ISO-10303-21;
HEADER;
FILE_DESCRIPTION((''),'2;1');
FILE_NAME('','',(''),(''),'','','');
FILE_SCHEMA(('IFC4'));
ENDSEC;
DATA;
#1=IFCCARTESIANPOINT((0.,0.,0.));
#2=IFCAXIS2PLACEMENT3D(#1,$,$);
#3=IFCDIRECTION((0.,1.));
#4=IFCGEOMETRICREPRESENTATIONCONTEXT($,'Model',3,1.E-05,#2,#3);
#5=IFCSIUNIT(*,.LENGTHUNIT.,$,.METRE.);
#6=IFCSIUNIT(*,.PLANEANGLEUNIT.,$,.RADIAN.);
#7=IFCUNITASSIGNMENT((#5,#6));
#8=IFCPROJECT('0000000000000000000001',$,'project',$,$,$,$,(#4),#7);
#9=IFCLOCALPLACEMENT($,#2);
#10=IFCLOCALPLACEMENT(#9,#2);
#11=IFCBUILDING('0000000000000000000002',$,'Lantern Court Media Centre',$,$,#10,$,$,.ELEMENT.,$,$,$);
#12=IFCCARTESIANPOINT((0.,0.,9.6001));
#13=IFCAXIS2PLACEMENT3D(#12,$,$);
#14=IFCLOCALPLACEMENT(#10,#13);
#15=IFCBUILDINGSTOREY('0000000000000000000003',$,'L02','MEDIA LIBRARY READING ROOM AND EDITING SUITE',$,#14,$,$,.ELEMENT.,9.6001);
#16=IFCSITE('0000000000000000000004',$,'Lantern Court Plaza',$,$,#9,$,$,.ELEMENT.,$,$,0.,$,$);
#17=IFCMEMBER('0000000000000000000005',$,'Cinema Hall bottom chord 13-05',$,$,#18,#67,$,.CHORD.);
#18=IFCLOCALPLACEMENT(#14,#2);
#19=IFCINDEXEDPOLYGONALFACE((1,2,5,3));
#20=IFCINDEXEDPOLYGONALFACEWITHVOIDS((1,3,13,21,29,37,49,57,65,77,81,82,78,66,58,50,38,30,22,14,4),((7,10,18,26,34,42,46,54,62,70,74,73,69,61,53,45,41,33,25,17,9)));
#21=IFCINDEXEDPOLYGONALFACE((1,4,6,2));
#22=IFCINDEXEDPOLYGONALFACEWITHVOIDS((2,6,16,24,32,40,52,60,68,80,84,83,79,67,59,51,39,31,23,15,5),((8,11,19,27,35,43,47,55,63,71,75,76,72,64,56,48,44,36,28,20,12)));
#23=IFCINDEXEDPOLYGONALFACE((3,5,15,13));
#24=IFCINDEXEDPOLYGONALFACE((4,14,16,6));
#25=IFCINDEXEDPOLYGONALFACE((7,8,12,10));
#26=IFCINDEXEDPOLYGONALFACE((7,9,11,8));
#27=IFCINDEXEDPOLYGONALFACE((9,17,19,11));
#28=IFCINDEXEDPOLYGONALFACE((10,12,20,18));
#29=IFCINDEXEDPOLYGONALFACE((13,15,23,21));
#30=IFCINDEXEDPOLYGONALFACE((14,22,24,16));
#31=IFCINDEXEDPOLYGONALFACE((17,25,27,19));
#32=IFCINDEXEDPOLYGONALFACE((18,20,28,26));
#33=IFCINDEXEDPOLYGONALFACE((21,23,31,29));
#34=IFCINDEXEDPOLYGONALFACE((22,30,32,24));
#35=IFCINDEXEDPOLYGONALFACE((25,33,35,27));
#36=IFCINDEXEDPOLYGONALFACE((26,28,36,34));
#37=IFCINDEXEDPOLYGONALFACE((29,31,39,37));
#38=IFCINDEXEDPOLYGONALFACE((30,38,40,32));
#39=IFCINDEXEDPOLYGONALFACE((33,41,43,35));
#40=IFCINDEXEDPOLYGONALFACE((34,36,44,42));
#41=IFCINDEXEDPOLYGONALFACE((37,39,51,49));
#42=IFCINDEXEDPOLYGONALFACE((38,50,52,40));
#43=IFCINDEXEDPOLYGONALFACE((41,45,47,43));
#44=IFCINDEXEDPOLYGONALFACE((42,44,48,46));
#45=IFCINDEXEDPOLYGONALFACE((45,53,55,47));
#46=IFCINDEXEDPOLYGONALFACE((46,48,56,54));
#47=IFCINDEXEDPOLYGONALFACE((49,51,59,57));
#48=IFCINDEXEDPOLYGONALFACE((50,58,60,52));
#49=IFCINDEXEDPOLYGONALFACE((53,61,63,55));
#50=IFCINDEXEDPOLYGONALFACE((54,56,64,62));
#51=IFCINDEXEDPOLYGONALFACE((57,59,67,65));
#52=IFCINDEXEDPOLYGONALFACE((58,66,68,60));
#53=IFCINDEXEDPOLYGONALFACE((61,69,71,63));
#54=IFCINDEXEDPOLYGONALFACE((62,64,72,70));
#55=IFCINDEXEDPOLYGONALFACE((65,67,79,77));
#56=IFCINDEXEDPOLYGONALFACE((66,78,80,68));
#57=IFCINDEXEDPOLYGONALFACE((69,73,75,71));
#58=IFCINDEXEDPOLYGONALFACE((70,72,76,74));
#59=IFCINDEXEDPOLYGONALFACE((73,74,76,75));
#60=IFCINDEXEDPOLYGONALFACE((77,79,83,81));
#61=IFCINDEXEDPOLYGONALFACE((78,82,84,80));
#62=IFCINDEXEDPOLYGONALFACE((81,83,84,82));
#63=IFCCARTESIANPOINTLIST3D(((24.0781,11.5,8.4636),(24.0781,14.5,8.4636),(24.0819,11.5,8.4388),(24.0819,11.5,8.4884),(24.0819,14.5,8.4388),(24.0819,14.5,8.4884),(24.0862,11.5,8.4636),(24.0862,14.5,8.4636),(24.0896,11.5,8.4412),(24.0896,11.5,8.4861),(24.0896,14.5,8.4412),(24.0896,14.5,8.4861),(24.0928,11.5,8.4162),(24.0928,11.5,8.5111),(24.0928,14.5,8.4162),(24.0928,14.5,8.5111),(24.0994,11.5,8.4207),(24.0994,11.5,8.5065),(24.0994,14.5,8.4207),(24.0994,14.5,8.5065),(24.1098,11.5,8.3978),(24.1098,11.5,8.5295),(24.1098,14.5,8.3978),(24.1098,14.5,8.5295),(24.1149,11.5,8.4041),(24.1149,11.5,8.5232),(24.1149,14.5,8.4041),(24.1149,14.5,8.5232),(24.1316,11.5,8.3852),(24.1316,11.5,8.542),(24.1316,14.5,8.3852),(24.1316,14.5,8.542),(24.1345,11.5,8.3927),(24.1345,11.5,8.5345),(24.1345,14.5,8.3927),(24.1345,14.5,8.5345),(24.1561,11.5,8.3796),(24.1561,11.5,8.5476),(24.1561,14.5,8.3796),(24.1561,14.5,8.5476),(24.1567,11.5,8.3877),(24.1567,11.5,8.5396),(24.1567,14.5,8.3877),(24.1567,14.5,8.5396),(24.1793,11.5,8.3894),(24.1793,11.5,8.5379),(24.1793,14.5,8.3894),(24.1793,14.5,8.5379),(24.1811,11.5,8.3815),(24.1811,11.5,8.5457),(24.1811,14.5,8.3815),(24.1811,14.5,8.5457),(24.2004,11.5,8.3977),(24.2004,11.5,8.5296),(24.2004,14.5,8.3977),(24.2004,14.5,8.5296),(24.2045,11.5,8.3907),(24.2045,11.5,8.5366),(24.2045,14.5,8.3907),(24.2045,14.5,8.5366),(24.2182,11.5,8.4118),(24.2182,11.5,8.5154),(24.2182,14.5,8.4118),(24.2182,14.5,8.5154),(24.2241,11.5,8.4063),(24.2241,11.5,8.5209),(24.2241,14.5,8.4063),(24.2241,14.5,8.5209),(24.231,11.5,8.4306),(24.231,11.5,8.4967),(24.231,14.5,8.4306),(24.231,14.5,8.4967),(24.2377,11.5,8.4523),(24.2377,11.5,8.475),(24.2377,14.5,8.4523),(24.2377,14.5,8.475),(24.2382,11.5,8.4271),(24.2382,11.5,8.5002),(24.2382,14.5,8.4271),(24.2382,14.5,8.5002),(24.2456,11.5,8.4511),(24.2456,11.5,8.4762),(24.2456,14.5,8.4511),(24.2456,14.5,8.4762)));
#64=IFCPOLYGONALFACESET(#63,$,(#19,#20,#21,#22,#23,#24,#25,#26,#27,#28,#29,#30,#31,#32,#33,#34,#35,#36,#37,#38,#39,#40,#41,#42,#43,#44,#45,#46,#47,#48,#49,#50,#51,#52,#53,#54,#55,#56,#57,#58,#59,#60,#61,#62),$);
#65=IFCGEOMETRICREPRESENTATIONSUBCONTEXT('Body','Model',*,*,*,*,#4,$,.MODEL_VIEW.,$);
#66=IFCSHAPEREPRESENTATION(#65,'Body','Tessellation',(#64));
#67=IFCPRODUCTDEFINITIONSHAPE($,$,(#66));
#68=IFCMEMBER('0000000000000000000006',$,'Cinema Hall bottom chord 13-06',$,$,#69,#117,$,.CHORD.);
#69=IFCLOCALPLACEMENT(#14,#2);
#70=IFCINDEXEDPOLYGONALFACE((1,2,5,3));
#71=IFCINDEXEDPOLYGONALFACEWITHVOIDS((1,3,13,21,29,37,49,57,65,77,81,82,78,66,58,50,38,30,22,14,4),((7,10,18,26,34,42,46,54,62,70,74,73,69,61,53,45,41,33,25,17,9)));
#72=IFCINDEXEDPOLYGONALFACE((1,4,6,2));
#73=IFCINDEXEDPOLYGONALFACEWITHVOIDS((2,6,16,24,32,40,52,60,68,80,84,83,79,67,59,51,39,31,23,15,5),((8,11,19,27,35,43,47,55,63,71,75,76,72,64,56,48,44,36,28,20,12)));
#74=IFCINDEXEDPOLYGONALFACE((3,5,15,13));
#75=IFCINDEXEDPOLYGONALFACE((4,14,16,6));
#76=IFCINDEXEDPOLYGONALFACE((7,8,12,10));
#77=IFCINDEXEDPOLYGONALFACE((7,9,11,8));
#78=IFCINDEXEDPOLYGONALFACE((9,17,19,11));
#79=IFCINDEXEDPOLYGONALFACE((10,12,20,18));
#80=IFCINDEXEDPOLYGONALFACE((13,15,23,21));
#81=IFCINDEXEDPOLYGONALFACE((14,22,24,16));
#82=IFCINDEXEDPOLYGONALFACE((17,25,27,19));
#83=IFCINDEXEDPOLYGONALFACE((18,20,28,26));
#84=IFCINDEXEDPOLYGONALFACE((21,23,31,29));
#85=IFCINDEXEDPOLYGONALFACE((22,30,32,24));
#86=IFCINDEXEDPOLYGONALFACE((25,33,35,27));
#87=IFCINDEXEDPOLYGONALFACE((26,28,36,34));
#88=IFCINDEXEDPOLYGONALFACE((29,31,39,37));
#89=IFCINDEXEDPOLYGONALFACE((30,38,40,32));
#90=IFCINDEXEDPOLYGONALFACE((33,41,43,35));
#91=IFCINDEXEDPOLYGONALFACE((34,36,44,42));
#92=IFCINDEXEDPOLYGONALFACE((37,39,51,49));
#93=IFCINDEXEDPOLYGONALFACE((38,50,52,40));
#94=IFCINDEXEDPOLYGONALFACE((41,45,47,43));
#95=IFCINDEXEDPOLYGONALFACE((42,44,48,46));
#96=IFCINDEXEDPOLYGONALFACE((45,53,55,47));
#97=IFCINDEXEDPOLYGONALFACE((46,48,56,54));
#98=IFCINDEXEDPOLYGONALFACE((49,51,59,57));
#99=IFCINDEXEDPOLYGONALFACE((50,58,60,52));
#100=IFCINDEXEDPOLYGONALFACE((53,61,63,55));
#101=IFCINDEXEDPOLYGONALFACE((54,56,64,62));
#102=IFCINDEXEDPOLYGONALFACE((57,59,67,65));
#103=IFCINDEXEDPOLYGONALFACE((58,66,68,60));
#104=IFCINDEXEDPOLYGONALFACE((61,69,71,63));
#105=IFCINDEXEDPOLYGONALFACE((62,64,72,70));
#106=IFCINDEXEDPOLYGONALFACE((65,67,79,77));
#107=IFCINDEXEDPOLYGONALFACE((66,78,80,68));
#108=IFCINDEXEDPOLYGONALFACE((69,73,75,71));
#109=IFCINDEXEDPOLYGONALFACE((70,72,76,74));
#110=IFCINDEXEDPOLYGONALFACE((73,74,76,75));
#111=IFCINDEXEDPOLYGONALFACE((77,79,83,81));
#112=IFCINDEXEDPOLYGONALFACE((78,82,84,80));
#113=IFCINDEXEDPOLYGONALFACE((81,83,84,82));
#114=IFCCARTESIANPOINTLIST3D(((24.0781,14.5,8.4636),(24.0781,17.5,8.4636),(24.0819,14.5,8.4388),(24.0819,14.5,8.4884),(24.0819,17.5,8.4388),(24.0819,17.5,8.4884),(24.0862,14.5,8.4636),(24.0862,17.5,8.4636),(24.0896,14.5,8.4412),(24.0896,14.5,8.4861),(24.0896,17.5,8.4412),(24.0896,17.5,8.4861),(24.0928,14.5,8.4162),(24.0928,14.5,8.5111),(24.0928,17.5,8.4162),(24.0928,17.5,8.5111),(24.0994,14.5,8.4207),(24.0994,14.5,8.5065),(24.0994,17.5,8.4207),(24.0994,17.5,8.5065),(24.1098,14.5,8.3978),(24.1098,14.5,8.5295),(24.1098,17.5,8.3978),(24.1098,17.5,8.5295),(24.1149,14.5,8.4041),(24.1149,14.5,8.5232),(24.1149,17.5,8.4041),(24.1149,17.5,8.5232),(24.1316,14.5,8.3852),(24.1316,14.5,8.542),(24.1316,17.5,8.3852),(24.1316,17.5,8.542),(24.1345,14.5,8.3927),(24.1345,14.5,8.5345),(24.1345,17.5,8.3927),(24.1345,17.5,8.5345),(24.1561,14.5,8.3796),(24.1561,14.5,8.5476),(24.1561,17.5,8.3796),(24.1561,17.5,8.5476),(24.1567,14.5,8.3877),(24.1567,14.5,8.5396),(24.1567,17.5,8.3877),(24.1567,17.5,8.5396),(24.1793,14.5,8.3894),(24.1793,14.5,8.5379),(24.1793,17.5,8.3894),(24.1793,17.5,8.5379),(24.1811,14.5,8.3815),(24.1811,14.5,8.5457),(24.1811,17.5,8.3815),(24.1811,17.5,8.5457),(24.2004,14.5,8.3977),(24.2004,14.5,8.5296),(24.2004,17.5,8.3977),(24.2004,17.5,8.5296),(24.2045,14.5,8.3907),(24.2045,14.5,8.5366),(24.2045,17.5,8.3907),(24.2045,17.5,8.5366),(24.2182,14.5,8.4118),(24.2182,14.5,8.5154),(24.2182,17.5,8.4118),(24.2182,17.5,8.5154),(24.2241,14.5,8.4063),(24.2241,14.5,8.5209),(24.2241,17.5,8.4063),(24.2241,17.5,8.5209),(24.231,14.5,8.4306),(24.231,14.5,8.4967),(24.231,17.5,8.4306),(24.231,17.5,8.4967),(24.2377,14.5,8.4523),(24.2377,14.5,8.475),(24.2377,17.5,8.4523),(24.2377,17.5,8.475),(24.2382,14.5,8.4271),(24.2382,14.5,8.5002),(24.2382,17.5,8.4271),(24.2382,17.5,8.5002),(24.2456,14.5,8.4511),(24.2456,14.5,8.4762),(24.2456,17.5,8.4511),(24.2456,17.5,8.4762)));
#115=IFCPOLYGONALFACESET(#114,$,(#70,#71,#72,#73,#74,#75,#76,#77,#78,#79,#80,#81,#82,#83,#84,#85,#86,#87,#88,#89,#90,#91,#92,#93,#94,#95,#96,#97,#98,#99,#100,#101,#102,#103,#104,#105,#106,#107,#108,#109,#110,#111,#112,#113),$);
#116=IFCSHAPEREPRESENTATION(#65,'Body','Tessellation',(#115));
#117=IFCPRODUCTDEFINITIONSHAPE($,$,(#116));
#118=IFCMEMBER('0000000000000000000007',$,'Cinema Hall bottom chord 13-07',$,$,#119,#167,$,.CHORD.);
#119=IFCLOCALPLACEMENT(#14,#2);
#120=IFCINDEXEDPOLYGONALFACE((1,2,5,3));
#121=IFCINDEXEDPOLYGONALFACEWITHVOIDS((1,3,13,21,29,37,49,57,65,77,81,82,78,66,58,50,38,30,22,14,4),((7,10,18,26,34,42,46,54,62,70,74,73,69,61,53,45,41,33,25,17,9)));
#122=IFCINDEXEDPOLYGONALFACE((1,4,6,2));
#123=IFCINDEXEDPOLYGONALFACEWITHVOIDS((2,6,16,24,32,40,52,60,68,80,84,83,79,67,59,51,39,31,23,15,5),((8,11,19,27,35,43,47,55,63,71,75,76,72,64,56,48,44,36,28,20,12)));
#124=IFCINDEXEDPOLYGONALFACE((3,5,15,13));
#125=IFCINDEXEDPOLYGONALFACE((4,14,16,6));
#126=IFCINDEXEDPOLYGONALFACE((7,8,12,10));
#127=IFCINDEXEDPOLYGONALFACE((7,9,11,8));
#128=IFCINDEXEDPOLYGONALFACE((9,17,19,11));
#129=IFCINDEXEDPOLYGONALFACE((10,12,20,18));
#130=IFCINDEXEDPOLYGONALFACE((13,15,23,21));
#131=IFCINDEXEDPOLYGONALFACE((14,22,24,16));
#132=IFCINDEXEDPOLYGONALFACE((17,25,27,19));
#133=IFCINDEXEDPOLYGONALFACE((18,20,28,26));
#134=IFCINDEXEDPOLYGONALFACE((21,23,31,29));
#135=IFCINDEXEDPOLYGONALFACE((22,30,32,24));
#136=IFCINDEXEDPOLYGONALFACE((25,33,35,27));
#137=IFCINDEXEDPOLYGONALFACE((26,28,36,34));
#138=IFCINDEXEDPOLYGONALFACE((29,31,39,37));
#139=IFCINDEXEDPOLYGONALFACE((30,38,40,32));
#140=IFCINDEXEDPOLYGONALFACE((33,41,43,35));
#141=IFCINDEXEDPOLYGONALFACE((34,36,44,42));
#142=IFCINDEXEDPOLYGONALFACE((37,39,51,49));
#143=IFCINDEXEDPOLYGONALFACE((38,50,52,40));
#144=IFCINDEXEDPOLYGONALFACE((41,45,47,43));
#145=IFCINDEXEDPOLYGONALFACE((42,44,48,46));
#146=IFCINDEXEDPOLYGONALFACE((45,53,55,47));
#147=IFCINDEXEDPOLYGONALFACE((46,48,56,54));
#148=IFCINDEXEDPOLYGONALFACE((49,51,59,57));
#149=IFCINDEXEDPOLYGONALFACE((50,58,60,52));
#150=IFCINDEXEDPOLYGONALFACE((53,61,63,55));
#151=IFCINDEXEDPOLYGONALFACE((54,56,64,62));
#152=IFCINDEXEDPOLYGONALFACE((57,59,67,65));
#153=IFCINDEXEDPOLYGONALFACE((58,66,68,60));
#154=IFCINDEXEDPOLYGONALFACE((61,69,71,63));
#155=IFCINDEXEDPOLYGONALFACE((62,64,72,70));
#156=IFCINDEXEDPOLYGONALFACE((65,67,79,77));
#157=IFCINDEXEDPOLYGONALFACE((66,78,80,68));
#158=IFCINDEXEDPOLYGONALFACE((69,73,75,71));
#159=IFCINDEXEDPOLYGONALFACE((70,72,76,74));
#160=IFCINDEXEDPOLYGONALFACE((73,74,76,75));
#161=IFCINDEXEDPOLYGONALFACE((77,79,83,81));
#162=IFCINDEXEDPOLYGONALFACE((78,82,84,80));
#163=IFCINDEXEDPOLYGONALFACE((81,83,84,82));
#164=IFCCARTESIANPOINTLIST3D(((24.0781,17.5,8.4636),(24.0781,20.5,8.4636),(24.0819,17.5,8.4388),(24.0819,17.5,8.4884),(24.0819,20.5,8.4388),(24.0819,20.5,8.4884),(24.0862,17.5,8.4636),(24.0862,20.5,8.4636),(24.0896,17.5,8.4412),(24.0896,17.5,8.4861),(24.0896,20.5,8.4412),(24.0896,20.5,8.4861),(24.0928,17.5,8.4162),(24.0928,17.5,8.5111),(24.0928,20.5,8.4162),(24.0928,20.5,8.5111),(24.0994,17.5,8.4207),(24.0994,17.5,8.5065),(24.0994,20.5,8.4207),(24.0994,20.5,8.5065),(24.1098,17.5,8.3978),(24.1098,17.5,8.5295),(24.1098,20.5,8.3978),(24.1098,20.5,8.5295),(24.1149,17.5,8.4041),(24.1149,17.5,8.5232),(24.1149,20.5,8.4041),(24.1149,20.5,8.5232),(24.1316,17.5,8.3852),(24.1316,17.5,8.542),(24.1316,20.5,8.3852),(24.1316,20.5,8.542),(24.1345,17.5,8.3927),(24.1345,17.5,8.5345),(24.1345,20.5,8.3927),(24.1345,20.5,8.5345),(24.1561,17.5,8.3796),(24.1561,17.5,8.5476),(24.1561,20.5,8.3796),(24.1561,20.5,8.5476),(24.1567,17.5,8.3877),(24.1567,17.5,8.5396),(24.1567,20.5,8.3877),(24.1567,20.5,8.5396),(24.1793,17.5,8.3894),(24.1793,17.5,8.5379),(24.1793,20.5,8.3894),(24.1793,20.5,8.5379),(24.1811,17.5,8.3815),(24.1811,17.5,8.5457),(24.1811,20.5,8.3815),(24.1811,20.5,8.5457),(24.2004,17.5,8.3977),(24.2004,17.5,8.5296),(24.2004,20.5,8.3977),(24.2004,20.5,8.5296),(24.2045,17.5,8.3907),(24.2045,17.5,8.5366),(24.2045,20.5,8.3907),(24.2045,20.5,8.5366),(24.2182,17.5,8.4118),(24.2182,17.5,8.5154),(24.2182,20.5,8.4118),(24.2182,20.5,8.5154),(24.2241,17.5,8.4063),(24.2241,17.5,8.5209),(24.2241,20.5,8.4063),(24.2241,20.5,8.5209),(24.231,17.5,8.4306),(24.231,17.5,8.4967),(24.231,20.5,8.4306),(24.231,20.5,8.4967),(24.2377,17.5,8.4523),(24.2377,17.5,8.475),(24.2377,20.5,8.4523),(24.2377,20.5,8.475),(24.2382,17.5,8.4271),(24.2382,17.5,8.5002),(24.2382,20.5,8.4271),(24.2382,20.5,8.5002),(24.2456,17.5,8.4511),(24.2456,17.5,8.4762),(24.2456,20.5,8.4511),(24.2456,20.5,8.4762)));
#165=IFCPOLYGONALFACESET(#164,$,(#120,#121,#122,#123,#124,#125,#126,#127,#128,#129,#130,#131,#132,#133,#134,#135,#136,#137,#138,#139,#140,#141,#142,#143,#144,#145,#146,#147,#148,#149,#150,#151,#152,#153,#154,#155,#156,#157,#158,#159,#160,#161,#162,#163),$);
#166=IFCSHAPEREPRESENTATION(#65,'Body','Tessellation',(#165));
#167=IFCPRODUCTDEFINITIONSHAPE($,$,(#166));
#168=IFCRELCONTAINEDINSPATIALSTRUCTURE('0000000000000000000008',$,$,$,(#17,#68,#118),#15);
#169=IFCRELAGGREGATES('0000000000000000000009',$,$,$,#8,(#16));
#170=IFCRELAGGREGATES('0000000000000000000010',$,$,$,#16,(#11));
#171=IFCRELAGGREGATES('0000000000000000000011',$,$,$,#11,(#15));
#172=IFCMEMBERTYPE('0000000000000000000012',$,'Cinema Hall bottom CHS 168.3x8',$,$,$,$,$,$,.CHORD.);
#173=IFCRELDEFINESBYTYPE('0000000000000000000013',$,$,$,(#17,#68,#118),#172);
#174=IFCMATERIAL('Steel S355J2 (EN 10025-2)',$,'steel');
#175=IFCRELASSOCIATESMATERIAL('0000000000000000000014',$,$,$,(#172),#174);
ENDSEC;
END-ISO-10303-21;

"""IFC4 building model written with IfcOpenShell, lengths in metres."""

from ifc_helpers import new_model, si_unit, direction, frame, origin, origin_2d, place, context, subcontext, project, spatial, hollow_circle, extrude, material, material_profile, profile_set, type_object, element, save


model = new_model("IFC4")

# Units and contexts
model_context = context("Model", 3, precision=1e-05, world=origin(), true_north=direction((0.0, 1.0)))
body_context = subcontext(model_context, "Body", "Model", "MODEL_VIEW")
ifc_project = project(units=[si_unit("LENGTHUNIT", "METRE"), si_unit("PLANEANGLEUNIT", "RADIAN")], contexts=[model_context])

# Site, building, storey
site_placement = place(None, origin())
site = spatial("IfcSite", under=ifc_project, at=site_placement, Name="Lantern Court Plaza", CompositionType="ELEMENT", RefElevation=0.0)
building_placement = place(site_placement, origin())
building = spatial("IfcBuilding", under=site, at=building_placement, Name="Lantern Court Media Centre", CompositionType="ELEMENT")
storey_placement = place(building_placement, frame((0.0, 0.0, 9.6001)))
storey = spatial("IfcBuildingStorey", under=building, at=storey_placement, Name="L02", Description="MEDIA LIBRARY READING ROOM AND EDITING SUITE", CompositionType="ELEMENT", Elevation=9.6001)

# Members
ifc_material_1 = material(Name="Steel S355J2 (EN 10025-2)", Category="steel")
ifc_material_profile_1 = material_profile(ifc_material_1, hollow_circle(Radius=0.0842, WallThickness=0.0081, at=origin_2d()), Name="Cinema Hall bottom CHS 168.3x8")
ifc_profile_set_1 = profile_set([ifc_material_profile_1], Name="Steel S355J2 (EN 10025-2)")
member_type_1 = type_object("IfcMemberType", Name="Cinema Hall bottom CHS 168.3x8", PredefinedType="CHORD", material=ifc_profile_set_1)
for number, where, z_axis, x_axis, name in (
    (1, (24.1624, 11.5, 8.4636), (0.0, 1.0, 0.0), (-1.0, 0.0, 0.0), "Cinema Hall bottom chord 13-05"),
    (2, (24.1624, 14.5, 8.4636), (0.0, 1.0, 0.0), (-1.0, 0.0, 0.0), "Cinema Hall bottom chord 13-06"),
    (3, (24.1624, 17.5, 8.4636), (0.0, 1.0, 0.0), (-1.0, 0.0, 0.0), "Cinema Hall bottom chord 13-07"),
):
    element("IfcMember", number, at=place(storey_placement, frame(where, z_axis=z_axis, x_axis=x_axis)), inside=storey, type_object=member_type_1, Name=name, PredefinedType="CHORD", context=body_context, shape_type="SweptSolid", body=[
        extrude(hollow_circle(Radius=0.0842, WallThickness=0.0081, at=origin_2d()), origin(), (0.0, 0.0, 1.0), 3.0),
    ])

save(model, "model.ifc")
